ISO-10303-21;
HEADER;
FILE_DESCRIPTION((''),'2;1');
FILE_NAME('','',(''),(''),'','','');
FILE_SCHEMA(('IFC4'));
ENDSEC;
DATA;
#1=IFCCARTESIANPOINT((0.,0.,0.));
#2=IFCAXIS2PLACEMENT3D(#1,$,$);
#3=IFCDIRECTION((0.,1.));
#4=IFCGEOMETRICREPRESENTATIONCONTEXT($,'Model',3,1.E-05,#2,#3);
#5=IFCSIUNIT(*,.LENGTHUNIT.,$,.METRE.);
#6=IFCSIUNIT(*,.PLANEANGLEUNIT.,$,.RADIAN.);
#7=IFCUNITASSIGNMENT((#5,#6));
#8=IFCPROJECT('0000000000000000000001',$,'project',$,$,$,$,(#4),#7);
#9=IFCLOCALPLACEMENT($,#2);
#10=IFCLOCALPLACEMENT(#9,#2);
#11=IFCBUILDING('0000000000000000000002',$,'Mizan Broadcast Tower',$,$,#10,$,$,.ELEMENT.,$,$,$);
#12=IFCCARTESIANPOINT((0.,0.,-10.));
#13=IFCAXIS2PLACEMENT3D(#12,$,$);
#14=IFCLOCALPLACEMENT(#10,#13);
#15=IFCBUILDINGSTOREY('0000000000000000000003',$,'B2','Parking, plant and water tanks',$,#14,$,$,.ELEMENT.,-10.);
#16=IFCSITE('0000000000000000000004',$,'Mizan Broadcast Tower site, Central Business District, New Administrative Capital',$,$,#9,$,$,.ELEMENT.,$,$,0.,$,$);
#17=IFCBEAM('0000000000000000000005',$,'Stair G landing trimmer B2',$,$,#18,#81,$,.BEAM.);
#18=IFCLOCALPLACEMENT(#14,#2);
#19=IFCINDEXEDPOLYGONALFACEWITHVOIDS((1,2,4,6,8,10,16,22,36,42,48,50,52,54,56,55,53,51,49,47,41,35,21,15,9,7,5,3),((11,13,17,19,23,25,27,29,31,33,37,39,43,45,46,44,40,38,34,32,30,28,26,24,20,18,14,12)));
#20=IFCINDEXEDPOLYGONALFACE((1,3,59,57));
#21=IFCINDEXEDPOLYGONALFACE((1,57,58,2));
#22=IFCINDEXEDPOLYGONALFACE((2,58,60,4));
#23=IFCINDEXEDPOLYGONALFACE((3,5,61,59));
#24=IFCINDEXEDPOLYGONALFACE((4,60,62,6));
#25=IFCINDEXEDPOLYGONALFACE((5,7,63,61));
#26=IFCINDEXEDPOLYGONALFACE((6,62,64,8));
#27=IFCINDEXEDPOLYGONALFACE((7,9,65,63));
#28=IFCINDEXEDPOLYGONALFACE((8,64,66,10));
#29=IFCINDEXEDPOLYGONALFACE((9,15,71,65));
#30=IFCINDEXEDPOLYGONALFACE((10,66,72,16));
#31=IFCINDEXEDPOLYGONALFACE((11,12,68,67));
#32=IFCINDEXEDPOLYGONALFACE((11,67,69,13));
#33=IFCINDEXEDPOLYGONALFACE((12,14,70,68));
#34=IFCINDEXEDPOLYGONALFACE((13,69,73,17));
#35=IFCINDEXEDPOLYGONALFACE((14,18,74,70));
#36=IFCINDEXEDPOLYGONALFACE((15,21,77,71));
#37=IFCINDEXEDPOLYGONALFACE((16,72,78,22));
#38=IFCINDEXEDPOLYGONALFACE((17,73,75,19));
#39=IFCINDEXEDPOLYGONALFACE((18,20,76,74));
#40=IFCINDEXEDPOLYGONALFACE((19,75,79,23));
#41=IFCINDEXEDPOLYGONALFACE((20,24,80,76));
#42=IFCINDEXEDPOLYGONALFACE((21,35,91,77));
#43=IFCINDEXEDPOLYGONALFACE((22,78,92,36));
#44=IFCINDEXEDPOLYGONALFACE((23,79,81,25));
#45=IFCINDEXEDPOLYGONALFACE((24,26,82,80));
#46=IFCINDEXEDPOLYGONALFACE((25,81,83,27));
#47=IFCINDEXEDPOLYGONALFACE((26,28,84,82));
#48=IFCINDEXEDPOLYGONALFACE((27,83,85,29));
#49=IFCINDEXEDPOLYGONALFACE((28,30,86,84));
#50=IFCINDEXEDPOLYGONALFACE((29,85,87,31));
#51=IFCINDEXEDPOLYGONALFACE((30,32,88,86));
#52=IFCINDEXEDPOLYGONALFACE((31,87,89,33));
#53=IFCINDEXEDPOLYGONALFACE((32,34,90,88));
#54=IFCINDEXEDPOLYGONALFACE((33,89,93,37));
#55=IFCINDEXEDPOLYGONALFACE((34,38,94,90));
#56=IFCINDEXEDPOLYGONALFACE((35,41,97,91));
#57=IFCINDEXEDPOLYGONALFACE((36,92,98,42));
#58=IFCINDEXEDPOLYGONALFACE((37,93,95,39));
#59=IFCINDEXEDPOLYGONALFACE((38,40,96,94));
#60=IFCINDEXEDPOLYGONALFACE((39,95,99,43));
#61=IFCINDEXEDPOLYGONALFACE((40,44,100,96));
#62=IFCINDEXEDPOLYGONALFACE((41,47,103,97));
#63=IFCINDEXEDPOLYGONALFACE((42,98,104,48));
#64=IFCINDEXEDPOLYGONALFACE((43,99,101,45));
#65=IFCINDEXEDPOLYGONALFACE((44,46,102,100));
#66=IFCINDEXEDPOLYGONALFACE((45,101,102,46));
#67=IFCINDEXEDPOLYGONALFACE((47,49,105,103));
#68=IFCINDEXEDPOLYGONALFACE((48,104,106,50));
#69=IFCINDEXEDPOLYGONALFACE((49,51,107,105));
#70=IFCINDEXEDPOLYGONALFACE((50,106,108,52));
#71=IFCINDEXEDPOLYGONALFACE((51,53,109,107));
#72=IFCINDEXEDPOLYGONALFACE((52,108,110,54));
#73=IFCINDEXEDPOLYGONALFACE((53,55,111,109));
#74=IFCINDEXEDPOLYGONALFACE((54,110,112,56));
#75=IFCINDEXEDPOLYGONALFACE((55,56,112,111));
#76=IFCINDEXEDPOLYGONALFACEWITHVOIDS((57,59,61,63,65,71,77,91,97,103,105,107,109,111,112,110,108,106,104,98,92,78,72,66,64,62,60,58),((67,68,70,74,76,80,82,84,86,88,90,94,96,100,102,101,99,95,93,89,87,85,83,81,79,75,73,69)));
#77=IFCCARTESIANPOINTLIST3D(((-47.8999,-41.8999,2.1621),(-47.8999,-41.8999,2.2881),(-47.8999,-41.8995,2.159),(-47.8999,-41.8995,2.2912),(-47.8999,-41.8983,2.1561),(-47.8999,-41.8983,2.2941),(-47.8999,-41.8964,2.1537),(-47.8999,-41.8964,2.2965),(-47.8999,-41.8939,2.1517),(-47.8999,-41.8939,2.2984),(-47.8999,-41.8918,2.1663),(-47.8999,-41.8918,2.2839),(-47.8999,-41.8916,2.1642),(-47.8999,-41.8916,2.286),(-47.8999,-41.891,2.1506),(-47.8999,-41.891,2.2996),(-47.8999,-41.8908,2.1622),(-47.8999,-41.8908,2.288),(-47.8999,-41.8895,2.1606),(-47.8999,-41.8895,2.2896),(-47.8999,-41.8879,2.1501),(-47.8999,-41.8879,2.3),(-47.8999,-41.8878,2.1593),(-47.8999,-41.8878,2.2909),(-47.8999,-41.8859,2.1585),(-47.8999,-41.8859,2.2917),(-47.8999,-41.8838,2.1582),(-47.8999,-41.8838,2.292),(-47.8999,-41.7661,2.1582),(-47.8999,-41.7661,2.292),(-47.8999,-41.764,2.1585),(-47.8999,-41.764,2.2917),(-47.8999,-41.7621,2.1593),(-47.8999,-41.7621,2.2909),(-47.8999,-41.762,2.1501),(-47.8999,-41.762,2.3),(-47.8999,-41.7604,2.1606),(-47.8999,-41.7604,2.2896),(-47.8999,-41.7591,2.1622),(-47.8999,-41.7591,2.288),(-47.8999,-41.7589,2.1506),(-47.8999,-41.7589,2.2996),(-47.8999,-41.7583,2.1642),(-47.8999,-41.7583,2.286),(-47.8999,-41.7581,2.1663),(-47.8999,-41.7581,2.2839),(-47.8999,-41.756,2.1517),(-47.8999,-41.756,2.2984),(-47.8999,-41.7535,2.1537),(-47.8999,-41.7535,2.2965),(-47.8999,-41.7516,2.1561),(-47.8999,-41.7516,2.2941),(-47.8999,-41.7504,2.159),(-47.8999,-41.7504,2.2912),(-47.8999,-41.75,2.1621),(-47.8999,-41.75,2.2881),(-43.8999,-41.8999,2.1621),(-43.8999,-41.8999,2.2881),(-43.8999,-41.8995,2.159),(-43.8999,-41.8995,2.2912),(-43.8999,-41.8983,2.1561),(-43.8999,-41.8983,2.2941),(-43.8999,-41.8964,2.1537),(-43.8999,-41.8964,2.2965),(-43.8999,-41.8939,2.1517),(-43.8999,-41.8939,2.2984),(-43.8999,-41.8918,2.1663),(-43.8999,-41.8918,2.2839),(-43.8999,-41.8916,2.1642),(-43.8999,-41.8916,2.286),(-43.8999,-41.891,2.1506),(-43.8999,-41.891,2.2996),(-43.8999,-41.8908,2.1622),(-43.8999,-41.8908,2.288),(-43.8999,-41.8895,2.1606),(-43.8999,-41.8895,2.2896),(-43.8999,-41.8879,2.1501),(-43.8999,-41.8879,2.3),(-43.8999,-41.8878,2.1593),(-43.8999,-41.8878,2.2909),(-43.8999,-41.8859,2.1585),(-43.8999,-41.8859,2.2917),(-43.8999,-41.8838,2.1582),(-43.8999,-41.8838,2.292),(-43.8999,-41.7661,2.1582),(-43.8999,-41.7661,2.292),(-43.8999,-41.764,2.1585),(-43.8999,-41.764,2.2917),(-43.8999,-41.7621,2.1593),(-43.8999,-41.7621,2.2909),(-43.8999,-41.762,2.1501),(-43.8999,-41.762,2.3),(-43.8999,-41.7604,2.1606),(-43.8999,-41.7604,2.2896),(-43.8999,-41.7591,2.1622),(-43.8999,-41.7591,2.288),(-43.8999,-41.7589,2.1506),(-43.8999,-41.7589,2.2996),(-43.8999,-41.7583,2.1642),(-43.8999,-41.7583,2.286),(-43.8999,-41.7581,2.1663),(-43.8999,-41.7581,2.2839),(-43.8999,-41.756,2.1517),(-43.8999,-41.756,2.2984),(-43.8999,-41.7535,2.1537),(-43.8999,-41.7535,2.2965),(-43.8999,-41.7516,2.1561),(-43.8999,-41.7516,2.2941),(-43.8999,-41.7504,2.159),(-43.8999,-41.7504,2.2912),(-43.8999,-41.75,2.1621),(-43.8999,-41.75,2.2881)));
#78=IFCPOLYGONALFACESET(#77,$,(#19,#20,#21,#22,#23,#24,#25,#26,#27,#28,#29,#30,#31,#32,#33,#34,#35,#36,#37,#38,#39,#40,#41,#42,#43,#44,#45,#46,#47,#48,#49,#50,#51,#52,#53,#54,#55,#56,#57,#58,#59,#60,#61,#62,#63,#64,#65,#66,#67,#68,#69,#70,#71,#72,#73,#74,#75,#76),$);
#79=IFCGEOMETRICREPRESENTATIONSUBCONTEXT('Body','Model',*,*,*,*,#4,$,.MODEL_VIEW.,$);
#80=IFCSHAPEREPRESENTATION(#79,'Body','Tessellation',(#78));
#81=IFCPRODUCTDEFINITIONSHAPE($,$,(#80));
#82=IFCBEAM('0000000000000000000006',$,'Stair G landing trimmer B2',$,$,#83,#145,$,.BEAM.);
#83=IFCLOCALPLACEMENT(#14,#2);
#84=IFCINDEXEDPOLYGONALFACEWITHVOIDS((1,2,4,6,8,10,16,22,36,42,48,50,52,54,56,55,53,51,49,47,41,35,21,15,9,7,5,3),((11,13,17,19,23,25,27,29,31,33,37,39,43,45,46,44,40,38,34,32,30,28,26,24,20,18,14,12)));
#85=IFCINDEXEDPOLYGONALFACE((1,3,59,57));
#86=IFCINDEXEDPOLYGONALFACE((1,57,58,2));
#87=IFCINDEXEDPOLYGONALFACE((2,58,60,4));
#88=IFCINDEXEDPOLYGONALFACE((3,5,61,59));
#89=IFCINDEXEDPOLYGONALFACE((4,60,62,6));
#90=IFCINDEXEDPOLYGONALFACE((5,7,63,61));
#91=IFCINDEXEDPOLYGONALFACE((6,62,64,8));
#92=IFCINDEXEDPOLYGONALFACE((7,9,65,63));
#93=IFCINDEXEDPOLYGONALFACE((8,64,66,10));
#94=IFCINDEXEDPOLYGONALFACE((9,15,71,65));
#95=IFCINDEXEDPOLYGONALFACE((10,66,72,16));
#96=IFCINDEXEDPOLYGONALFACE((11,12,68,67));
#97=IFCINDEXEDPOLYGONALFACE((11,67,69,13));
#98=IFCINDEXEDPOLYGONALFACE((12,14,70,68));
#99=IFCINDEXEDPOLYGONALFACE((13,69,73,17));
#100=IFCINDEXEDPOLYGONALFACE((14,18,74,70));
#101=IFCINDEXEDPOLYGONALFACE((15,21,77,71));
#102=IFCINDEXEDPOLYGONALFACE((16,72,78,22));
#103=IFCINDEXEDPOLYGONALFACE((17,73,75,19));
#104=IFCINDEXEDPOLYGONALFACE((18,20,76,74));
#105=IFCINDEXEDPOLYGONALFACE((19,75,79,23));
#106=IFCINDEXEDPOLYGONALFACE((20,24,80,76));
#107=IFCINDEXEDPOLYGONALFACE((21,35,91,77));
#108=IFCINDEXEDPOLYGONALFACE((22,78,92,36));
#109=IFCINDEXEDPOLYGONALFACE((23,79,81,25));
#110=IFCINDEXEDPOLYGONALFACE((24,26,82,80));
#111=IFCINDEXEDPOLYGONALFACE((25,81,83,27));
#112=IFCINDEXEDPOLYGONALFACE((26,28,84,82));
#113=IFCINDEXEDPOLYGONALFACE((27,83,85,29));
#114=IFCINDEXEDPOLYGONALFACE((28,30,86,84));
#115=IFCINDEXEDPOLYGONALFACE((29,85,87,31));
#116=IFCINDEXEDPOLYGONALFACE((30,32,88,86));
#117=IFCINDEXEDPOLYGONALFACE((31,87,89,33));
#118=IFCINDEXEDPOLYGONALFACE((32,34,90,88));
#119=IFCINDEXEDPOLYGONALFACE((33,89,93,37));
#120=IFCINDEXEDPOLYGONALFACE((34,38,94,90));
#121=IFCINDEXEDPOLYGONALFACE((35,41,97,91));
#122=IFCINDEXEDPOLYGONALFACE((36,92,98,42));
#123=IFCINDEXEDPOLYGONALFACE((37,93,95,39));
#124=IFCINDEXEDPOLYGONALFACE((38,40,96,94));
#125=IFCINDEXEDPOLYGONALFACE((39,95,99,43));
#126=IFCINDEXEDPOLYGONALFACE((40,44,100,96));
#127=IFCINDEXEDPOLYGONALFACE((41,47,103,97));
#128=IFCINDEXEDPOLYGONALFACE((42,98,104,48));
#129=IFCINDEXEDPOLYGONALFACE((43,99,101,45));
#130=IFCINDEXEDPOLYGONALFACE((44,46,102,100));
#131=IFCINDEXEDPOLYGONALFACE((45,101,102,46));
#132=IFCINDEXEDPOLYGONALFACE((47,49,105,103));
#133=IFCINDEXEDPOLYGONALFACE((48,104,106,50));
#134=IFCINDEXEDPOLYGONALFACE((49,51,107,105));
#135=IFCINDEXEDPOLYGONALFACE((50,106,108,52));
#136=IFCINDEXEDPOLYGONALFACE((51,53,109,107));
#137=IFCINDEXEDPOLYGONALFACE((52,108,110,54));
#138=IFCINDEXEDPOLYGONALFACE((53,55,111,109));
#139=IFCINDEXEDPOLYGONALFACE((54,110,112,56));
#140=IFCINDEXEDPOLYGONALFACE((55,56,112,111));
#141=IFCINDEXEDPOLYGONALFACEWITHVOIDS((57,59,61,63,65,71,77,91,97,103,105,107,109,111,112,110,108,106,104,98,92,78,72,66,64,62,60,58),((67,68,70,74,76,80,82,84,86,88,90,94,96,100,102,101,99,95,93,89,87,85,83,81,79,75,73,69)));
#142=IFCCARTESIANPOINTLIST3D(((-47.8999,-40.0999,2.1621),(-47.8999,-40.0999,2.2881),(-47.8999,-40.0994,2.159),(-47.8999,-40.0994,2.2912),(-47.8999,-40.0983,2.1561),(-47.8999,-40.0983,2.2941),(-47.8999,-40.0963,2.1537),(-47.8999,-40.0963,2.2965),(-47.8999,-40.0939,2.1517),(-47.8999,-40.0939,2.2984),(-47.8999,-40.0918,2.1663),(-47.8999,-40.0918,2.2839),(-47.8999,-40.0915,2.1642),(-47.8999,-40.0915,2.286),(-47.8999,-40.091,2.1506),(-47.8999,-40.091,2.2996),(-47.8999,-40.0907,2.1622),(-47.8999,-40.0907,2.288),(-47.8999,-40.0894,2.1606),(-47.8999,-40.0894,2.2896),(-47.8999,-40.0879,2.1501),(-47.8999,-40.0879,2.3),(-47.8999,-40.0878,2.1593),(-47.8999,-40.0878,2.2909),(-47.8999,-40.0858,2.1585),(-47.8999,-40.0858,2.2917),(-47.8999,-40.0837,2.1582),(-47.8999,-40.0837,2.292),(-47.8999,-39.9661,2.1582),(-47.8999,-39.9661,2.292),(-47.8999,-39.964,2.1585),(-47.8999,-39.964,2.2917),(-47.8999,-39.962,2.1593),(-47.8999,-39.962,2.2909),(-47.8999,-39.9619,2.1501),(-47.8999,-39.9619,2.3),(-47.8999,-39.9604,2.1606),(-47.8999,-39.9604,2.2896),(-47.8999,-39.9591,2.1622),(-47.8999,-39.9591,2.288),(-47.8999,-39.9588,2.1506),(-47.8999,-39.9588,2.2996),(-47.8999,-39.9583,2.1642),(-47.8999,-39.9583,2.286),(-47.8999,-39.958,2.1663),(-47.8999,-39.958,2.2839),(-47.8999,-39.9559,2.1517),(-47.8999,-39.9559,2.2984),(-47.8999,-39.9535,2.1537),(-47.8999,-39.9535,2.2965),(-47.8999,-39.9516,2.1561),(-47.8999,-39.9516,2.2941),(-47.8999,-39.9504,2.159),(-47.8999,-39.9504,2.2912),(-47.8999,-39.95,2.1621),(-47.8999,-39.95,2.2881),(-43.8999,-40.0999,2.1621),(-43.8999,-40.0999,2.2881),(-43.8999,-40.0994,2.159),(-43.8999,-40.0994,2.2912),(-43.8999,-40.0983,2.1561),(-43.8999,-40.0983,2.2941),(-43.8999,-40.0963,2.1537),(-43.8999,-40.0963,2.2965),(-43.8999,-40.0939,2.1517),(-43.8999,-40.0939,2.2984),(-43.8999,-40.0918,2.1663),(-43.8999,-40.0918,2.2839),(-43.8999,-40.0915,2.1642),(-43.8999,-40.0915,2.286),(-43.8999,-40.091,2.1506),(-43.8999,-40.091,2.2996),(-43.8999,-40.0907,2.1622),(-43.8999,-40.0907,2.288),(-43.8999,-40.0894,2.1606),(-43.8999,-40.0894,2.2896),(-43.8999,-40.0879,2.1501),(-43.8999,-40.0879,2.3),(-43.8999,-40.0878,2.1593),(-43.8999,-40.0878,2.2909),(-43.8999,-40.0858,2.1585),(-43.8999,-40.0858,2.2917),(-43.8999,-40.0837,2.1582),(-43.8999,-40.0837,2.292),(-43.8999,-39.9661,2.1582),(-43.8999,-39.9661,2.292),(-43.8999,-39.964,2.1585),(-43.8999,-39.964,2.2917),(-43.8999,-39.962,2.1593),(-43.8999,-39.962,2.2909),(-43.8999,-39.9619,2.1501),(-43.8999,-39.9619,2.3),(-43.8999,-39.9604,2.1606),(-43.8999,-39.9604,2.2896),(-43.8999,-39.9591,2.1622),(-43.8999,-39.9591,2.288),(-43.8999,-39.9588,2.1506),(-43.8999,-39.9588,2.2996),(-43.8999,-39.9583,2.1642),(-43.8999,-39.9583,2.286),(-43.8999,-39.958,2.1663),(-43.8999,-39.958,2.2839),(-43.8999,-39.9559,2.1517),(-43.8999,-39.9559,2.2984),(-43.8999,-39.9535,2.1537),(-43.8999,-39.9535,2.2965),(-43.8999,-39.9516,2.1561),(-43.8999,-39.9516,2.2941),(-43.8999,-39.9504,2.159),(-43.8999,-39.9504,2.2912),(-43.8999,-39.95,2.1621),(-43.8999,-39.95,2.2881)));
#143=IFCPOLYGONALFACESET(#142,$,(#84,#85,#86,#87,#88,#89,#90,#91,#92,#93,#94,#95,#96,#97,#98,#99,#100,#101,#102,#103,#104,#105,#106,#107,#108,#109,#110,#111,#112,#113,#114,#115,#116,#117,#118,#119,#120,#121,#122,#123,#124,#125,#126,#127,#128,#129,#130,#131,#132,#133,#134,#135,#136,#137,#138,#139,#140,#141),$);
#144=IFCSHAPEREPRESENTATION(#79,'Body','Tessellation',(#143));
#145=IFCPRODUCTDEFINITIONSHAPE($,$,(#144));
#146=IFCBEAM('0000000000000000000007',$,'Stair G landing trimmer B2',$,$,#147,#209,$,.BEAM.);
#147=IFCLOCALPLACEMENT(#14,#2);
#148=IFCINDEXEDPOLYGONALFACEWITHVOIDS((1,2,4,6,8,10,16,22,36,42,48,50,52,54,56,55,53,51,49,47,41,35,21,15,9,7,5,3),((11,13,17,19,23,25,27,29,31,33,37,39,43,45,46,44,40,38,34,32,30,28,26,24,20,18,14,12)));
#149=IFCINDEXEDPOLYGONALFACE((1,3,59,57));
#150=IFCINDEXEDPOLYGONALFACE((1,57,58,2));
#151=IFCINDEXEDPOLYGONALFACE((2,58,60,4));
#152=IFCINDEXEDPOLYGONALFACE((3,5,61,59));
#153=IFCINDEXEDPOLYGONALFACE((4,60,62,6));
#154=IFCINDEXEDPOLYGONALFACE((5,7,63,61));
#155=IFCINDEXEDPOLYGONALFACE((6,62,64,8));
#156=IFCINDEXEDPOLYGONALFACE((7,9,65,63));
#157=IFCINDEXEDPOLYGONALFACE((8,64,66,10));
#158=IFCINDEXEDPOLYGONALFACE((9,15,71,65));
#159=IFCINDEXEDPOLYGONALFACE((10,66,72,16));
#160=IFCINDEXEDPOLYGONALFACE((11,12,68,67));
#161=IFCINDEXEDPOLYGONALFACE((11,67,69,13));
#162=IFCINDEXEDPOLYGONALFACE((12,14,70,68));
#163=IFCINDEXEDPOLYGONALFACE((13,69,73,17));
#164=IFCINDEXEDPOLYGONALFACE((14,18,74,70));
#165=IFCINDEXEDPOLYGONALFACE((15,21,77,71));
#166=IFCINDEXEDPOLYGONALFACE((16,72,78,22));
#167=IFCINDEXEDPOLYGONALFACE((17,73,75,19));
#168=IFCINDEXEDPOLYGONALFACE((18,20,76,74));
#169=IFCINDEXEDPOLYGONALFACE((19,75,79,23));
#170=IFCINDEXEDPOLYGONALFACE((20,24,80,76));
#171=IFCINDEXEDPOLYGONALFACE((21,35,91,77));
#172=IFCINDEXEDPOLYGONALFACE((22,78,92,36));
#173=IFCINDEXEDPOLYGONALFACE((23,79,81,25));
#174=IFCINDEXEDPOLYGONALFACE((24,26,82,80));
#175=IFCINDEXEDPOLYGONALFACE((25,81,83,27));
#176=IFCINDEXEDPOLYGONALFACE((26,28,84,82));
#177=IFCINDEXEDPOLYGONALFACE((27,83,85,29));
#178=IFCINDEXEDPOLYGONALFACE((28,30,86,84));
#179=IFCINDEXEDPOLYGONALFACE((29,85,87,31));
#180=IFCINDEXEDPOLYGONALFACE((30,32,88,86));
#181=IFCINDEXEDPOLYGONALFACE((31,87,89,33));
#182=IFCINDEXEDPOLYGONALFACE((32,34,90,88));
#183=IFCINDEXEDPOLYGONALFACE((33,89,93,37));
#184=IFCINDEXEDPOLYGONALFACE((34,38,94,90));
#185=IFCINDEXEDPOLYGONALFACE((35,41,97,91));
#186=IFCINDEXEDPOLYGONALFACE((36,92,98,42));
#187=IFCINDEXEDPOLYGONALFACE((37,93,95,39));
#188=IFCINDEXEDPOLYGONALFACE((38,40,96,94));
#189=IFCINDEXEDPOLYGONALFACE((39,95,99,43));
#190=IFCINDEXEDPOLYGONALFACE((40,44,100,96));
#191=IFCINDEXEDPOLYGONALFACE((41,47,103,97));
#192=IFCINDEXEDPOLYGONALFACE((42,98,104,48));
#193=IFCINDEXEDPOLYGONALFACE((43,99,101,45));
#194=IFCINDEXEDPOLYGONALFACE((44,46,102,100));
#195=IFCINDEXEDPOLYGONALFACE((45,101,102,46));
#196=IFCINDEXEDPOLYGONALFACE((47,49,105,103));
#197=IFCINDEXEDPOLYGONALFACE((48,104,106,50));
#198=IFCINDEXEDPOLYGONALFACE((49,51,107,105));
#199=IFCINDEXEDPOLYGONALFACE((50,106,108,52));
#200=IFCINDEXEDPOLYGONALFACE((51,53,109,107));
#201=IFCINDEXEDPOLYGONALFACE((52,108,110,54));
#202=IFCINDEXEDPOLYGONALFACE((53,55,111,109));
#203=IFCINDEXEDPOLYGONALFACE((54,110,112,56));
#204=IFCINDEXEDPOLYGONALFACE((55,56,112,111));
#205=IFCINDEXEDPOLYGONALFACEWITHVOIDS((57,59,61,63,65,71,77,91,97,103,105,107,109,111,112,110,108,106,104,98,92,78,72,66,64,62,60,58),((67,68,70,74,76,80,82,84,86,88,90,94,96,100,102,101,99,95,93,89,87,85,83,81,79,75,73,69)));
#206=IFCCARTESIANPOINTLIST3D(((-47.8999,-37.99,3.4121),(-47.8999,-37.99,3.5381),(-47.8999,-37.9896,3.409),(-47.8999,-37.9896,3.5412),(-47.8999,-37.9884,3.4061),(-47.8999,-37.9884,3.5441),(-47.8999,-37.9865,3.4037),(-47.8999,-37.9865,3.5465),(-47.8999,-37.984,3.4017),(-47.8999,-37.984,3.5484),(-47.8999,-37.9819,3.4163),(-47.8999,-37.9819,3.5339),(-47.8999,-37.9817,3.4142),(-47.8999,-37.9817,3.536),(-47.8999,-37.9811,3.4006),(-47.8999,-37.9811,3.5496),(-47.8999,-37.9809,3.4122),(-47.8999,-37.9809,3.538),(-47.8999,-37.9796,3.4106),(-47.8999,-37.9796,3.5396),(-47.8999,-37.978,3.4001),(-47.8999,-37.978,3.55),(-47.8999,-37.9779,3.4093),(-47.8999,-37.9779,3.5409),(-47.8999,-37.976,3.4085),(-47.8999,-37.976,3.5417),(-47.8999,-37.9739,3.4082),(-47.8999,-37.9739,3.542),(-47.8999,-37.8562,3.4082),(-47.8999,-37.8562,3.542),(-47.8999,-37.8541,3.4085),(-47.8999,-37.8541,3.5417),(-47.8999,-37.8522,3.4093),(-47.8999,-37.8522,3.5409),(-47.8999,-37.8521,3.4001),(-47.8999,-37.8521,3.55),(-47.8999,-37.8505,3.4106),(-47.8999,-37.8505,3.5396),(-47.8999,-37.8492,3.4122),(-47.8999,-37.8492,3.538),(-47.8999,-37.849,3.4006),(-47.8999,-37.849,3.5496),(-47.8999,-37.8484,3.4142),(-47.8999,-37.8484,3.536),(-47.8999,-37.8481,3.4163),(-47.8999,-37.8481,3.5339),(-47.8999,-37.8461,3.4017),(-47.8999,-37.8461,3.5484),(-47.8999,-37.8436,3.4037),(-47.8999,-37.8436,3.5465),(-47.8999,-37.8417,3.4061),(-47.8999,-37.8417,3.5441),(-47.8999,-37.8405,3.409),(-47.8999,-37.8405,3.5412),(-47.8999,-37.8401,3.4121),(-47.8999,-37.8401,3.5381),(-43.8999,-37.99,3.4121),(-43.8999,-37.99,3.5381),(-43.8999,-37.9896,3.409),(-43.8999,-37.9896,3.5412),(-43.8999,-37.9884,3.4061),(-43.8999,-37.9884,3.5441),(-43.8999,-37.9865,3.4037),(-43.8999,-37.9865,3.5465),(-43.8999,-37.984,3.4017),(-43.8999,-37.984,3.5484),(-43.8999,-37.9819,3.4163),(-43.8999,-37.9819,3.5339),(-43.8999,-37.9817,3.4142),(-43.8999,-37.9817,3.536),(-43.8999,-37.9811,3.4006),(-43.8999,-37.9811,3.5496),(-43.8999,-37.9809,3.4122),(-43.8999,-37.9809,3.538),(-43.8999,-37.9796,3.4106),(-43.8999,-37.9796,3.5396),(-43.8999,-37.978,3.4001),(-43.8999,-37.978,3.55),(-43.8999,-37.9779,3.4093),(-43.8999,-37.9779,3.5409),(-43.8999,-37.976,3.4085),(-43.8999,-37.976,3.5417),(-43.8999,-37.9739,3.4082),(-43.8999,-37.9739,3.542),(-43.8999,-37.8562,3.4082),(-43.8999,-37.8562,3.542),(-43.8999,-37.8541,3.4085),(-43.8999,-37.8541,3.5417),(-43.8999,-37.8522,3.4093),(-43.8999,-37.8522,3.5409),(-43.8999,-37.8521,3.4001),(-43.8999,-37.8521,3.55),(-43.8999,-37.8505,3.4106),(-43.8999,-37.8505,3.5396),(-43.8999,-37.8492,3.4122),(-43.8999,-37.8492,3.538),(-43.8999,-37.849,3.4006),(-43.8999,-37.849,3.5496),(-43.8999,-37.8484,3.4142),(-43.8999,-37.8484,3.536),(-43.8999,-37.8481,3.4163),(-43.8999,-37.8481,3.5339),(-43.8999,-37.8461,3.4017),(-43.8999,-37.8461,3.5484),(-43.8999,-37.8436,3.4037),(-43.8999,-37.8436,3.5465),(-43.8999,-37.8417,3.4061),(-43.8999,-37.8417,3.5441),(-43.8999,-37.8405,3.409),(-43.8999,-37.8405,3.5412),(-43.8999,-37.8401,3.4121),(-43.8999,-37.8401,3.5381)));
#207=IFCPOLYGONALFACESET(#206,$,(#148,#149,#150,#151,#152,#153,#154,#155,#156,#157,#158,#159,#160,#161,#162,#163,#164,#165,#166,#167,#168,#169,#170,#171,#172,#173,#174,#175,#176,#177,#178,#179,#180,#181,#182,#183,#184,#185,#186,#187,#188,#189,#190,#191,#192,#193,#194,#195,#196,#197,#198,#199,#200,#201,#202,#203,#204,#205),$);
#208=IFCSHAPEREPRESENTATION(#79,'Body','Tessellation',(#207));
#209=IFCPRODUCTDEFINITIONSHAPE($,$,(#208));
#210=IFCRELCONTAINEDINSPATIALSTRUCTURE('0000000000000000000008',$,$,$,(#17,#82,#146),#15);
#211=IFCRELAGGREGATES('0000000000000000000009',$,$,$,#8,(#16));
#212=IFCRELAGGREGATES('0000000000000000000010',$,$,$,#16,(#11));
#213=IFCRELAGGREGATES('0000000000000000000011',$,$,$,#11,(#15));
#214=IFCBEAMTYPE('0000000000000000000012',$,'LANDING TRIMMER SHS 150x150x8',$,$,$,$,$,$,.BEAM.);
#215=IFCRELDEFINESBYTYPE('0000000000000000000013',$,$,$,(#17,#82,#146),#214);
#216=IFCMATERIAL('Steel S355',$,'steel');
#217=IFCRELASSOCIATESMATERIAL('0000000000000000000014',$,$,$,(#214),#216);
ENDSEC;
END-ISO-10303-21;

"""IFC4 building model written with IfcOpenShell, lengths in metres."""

from ifc_helpers import new_model, si_unit, direction, frame, origin, origin_2d, place, context, subcontext, project, spatial, hollow_rectangle, extrude, material, material_profile, profile_set, type_object, element, save


model = new_model("IFC4")

# Units and contexts
model_context = context("Model", 3, precision=1e-05, world=origin(), true_north=direction((0.0, 1.0)))
body_context = subcontext(model_context, "Body", "Model", "MODEL_VIEW")
ifc_project = project(units=[si_unit("LENGTHUNIT", "METRE"), si_unit("PLANEANGLEUNIT", "RADIAN")], contexts=[model_context])

# Site, building, storey
site_placement = place(None, origin())
site = spatial("IfcSite", under=ifc_project, at=site_placement, Name="Mizan Broadcast Tower site, Central Business District, New Administrative Capital", CompositionType="ELEMENT", RefElevation=0.0)
building_placement = place(site_placement, origin())
building = spatial("IfcBuilding", under=site, at=building_placement, Name="Mizan Broadcast Tower", CompositionType="ELEMENT")
storey_placement = place(building_placement, frame((0.0, 0.0, -10.0)))
storey = spatial("IfcBuildingStorey", under=building, at=storey_placement, Name="B2", Description="Parking, plant and water tanks", CompositionType="ELEMENT", Elevation=-10.0)

# Beams
ifc_material_1 = material(Name="Steel S355", Category="steel")
ifc_material_profile_1 = material_profile(ifc_material_1, hollow_rectangle(XDim=0.1499, YDim=0.1499, WallThickness=0.0081, InnerFilletRadius=0.0081, OuterFilletRadius=0.012, at=origin_2d()), Name="SHS 150x150x8")
ifc_profile_set_1 = profile_set([ifc_material_profile_1], Name="Steel S355")
beam_type = type_object("IfcBeamType", Name="LANDING TRIMMER SHS 150x150x8", PredefinedType="BEAM", material=ifc_profile_set_1)
for number, where, z_axis, x_axis, name in (
    (1, (-43.8999, -41.825, 2.2251), (-1.0, 0.0, 0.0), (0.0, -1.0, 0.0), "Stair G landing trimmer B2"),
    (2, (-43.8999, -40.0249, 2.2251), (-1.0, 0.0, 0.0), (0.0, -1.0, 0.0), "Stair G landing trimmer B2"),
    (3, (-43.8999, -37.915, 3.4751), (-1.0, 0.0, 0.0), (0.0, -1.0, 0.0), "Stair G landing trimmer B2"),
):
    element("IfcBeam", number, at=place(storey_placement, frame(where, z_axis=z_axis, x_axis=x_axis)), inside=storey, type_object=beam_type, Name=name, PredefinedType="BEAM", context=body_context, shape_type="SweptSolid", body=[
        extrude(hollow_rectangle(XDim=0.1499, YDim=0.1499, WallThickness=0.0081, InnerFilletRadius=0.0081, OuterFilletRadius=0.012, at=origin_2d()), origin(), (0.0, 0.0, 1.0), 4.0),
    ])

save(model, "model.ifc")
